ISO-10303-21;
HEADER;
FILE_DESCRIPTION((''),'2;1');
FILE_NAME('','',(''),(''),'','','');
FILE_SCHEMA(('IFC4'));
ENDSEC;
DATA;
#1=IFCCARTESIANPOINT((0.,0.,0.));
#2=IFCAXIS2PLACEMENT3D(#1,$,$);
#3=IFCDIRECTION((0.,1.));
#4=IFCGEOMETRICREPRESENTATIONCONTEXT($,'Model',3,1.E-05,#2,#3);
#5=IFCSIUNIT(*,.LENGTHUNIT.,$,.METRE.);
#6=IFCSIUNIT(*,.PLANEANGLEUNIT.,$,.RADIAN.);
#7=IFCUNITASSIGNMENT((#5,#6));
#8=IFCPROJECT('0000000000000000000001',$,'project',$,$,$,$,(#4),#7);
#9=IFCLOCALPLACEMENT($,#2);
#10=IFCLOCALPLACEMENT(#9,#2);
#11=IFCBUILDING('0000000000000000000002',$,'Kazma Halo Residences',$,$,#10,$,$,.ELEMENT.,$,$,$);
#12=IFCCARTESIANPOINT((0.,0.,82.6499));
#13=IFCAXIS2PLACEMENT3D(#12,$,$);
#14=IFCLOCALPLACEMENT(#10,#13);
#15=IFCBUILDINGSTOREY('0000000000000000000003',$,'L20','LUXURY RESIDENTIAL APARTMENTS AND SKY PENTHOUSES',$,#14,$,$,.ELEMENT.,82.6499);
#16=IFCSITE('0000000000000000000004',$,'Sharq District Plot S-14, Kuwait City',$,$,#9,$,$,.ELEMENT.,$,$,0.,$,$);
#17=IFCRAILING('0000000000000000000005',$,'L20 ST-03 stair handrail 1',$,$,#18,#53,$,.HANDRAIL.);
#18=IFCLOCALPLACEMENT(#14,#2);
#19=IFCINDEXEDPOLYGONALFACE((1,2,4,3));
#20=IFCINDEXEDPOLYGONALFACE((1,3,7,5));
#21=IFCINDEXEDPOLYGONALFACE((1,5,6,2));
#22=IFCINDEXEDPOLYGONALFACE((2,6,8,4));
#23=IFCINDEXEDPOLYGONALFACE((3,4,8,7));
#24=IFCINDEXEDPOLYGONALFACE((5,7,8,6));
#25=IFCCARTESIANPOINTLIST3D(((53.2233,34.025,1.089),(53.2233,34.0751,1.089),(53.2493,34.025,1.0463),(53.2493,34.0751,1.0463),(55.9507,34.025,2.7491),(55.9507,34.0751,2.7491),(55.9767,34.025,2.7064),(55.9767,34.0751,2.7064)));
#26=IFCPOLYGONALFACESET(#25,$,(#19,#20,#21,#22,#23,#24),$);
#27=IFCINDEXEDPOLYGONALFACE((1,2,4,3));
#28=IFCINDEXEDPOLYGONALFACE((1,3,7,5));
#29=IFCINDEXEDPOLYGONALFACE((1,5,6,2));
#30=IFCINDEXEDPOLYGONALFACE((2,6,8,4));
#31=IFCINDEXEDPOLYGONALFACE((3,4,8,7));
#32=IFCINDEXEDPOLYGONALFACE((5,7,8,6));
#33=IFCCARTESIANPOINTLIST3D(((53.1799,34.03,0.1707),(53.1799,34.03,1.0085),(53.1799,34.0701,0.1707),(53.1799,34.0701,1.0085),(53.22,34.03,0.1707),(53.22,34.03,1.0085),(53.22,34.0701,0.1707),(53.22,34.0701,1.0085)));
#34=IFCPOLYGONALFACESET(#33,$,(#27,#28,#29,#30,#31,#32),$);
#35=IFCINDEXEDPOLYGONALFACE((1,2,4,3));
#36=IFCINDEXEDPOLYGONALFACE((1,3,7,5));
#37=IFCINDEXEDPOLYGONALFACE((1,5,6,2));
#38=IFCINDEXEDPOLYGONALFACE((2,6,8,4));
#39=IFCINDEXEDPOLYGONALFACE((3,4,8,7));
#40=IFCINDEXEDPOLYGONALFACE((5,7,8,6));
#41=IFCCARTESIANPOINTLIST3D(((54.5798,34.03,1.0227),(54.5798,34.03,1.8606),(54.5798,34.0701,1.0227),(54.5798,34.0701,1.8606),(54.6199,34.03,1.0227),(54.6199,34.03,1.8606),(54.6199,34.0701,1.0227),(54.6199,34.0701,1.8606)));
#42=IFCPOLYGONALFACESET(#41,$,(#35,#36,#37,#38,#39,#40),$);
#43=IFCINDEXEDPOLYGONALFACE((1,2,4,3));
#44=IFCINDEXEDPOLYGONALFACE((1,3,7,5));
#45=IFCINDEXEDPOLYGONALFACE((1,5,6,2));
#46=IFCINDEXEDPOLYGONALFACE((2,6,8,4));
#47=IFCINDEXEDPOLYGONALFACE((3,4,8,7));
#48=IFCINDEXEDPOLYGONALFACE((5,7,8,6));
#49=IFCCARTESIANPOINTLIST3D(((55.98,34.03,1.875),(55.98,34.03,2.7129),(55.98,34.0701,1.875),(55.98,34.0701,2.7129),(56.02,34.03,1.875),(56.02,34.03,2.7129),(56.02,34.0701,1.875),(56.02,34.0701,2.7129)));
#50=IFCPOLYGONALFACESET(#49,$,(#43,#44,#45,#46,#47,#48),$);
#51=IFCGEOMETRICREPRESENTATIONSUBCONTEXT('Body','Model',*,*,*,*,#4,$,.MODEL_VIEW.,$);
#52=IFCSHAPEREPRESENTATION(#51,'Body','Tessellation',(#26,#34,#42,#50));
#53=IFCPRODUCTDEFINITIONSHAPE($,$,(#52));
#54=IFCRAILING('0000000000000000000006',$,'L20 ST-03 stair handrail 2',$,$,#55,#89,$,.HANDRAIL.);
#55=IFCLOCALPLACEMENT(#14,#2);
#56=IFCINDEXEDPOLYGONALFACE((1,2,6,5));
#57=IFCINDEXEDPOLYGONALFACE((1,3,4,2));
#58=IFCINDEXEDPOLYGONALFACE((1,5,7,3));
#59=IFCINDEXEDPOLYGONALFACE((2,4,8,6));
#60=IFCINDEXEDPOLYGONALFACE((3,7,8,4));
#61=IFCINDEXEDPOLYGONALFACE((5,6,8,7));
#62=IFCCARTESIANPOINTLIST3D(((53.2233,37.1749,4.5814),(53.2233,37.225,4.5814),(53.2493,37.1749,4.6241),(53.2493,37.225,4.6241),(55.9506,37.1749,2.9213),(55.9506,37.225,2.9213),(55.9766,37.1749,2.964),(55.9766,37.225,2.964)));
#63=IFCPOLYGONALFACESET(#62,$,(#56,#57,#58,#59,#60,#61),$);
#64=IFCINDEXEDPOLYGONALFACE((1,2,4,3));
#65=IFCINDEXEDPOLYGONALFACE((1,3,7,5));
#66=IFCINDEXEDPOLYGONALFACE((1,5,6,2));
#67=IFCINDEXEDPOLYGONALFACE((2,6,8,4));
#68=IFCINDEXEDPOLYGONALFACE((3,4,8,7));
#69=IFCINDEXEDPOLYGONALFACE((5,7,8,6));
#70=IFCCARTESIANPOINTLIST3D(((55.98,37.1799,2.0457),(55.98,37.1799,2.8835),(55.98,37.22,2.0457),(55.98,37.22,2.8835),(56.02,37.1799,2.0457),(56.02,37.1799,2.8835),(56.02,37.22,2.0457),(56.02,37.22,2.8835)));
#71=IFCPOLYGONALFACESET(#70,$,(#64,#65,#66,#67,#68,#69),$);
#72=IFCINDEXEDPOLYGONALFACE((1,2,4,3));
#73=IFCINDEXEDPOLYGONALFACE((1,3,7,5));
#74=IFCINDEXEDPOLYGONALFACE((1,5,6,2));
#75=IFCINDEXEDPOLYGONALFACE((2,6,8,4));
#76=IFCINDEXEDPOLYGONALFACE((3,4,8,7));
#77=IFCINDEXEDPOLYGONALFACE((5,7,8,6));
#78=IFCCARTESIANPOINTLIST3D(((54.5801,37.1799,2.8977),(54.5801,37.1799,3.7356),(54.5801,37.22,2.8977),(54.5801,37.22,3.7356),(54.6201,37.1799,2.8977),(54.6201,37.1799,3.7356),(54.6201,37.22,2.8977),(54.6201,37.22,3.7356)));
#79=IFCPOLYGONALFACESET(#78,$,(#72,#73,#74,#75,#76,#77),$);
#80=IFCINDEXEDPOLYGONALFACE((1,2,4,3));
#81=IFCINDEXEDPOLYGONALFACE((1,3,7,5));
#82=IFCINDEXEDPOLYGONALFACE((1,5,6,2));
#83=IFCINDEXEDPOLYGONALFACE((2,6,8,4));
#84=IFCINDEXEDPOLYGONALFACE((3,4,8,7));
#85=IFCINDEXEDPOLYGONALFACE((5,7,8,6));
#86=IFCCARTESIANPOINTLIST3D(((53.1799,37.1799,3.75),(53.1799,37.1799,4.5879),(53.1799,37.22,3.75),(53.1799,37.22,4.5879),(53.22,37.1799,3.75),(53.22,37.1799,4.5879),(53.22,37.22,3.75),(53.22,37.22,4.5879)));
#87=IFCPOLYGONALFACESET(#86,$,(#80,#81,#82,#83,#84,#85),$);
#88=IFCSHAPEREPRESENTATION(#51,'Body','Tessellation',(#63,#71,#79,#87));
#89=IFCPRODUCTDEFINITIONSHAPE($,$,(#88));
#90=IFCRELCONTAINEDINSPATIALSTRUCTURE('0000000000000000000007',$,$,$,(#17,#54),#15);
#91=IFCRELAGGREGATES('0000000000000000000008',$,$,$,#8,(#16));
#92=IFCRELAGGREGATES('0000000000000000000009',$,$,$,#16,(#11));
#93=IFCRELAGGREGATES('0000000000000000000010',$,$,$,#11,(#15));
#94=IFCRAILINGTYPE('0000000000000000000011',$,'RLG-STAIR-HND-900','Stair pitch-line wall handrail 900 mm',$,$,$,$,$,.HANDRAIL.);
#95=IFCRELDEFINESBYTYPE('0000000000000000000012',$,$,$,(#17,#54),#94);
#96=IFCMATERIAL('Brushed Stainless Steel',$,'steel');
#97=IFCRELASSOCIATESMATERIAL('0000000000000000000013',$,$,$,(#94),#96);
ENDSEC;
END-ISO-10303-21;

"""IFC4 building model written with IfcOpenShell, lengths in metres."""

from ifc_helpers import new_model, si_unit, direction, frame, origin, origin_2d, place, context, subcontext, project, spatial, rectangle, extrude, material, type_object, element, save


model = new_model("IFC4")

# Units and contexts
model_context = context("Model", 3, precision=1e-05, world=origin(), true_north=direction((0.0, 1.0)))
body_context = subcontext(model_context, "Body", "Model", "MODEL_VIEW")
ifc_project = project(units=[si_unit("LENGTHUNIT", "METRE"), si_unit("PLANEANGLEUNIT", "RADIAN")], contexts=[model_context])

# Site, building, storey
site_placement = place(None, origin())
site = spatial("IfcSite", under=ifc_project, at=site_placement, Name="Sharq District Plot S-14, Kuwait City", CompositionType="ELEMENT", RefElevation=0.0)
building_placement = place(site_placement, origin())
building = spatial("IfcBuilding", under=site, at=building_placement, Name="Kazma Halo Residences", CompositionType="ELEMENT")
storey_placement = place(building_placement, frame((0.0, 0.0, 82.6499)))
storey = spatial("IfcBuildingStorey", under=building, at=storey_placement, Name="L20", Description="LUXURY RESIDENTIAL APARTMENTS AND SKY PENTHOUSES", CompositionType="ELEMENT", Elevation=82.6499)

# Railings
ifc_material_1 = material(Name="Brushed Stainless Steel", Category="steel")
railing_type_1 = type_object("IfcRailingType", Name="RLG-STAIR-HND-900", Description="Stair pitch-line wall handrail 900 mm", PredefinedType="HANDRAIL", material=ifc_material_1)
railing_1_placement = place(storey_placement, frame((53.2, 34.05, 0.1707)))
element("IfcRailing", 1, at=railing_1_placement, inside=storey, type_object=railing_type_1, Name="L20 ST-03 stair handrail 1", PredefinedType="HANDRAIL", context=body_context, shape_type="SweptSolid", body=[
    extrude(rectangle(XDim=0.05, YDim=0.05, at=origin_2d()), frame((0.0364, 0.0, 0.897), z_axis=(0.854203, 0.0, 0.51994), x_axis=(0.0, 1.0, 0.0)), (0.0, 0.0, 1.0), 3.1929),
    extrude(rectangle(XDim=0.04, YDim=0.04, at=origin_2d()), origin(), (0.0, 0.0, 1.0), 0.8379),
    extrude(rectangle(XDim=0.04, YDim=0.04, at=origin_2d()), frame((1.3999, 0.0, 0.8521)), (0.0, 0.0, 1.0), 0.8379),
    extrude(rectangle(XDim=0.04, YDim=0.04, at=origin_2d()), frame((2.8, 0.0, 1.7043)), (0.0, 0.0, 1.0), 0.8379),
])
railing_2_placement = place(storey_placement, frame((56.0, 37.2, 2.0457)))
element("IfcRailing", 2, at=railing_2_placement, inside=storey, type_object=railing_type_1, Name="L20 ST-03 stair handrail 2", PredefinedType="HANDRAIL", context=body_context, shape_type="SweptSolid", body=[
    extrude(rectangle(XDim=0.05, YDim=0.05, at=origin_2d()), frame((-0.0364, 0.0, 0.897), z_axis=(-0.854203, 0.0, 0.51994), x_axis=(0.0, -1.0, 0.0)), (0.0, 0.0, 1.0), 3.1929),
    extrude(rectangle(XDim=0.04, YDim=0.04, at=origin_2d()), origin(), (0.0, 0.0, 1.0), 0.8379),
    extrude(rectangle(XDim=0.04, YDim=0.04, at=origin_2d()), frame((-1.3999, 0.0, 0.8521)), (0.0, 0.0, 1.0), 0.8379),
    extrude(rectangle(XDim=0.04, YDim=0.04, at=origin_2d()), frame((-2.8, 0.0, 1.7043)), (0.0, 0.0, 1.0), 0.8379),
])

save(model, "model.ifc")
